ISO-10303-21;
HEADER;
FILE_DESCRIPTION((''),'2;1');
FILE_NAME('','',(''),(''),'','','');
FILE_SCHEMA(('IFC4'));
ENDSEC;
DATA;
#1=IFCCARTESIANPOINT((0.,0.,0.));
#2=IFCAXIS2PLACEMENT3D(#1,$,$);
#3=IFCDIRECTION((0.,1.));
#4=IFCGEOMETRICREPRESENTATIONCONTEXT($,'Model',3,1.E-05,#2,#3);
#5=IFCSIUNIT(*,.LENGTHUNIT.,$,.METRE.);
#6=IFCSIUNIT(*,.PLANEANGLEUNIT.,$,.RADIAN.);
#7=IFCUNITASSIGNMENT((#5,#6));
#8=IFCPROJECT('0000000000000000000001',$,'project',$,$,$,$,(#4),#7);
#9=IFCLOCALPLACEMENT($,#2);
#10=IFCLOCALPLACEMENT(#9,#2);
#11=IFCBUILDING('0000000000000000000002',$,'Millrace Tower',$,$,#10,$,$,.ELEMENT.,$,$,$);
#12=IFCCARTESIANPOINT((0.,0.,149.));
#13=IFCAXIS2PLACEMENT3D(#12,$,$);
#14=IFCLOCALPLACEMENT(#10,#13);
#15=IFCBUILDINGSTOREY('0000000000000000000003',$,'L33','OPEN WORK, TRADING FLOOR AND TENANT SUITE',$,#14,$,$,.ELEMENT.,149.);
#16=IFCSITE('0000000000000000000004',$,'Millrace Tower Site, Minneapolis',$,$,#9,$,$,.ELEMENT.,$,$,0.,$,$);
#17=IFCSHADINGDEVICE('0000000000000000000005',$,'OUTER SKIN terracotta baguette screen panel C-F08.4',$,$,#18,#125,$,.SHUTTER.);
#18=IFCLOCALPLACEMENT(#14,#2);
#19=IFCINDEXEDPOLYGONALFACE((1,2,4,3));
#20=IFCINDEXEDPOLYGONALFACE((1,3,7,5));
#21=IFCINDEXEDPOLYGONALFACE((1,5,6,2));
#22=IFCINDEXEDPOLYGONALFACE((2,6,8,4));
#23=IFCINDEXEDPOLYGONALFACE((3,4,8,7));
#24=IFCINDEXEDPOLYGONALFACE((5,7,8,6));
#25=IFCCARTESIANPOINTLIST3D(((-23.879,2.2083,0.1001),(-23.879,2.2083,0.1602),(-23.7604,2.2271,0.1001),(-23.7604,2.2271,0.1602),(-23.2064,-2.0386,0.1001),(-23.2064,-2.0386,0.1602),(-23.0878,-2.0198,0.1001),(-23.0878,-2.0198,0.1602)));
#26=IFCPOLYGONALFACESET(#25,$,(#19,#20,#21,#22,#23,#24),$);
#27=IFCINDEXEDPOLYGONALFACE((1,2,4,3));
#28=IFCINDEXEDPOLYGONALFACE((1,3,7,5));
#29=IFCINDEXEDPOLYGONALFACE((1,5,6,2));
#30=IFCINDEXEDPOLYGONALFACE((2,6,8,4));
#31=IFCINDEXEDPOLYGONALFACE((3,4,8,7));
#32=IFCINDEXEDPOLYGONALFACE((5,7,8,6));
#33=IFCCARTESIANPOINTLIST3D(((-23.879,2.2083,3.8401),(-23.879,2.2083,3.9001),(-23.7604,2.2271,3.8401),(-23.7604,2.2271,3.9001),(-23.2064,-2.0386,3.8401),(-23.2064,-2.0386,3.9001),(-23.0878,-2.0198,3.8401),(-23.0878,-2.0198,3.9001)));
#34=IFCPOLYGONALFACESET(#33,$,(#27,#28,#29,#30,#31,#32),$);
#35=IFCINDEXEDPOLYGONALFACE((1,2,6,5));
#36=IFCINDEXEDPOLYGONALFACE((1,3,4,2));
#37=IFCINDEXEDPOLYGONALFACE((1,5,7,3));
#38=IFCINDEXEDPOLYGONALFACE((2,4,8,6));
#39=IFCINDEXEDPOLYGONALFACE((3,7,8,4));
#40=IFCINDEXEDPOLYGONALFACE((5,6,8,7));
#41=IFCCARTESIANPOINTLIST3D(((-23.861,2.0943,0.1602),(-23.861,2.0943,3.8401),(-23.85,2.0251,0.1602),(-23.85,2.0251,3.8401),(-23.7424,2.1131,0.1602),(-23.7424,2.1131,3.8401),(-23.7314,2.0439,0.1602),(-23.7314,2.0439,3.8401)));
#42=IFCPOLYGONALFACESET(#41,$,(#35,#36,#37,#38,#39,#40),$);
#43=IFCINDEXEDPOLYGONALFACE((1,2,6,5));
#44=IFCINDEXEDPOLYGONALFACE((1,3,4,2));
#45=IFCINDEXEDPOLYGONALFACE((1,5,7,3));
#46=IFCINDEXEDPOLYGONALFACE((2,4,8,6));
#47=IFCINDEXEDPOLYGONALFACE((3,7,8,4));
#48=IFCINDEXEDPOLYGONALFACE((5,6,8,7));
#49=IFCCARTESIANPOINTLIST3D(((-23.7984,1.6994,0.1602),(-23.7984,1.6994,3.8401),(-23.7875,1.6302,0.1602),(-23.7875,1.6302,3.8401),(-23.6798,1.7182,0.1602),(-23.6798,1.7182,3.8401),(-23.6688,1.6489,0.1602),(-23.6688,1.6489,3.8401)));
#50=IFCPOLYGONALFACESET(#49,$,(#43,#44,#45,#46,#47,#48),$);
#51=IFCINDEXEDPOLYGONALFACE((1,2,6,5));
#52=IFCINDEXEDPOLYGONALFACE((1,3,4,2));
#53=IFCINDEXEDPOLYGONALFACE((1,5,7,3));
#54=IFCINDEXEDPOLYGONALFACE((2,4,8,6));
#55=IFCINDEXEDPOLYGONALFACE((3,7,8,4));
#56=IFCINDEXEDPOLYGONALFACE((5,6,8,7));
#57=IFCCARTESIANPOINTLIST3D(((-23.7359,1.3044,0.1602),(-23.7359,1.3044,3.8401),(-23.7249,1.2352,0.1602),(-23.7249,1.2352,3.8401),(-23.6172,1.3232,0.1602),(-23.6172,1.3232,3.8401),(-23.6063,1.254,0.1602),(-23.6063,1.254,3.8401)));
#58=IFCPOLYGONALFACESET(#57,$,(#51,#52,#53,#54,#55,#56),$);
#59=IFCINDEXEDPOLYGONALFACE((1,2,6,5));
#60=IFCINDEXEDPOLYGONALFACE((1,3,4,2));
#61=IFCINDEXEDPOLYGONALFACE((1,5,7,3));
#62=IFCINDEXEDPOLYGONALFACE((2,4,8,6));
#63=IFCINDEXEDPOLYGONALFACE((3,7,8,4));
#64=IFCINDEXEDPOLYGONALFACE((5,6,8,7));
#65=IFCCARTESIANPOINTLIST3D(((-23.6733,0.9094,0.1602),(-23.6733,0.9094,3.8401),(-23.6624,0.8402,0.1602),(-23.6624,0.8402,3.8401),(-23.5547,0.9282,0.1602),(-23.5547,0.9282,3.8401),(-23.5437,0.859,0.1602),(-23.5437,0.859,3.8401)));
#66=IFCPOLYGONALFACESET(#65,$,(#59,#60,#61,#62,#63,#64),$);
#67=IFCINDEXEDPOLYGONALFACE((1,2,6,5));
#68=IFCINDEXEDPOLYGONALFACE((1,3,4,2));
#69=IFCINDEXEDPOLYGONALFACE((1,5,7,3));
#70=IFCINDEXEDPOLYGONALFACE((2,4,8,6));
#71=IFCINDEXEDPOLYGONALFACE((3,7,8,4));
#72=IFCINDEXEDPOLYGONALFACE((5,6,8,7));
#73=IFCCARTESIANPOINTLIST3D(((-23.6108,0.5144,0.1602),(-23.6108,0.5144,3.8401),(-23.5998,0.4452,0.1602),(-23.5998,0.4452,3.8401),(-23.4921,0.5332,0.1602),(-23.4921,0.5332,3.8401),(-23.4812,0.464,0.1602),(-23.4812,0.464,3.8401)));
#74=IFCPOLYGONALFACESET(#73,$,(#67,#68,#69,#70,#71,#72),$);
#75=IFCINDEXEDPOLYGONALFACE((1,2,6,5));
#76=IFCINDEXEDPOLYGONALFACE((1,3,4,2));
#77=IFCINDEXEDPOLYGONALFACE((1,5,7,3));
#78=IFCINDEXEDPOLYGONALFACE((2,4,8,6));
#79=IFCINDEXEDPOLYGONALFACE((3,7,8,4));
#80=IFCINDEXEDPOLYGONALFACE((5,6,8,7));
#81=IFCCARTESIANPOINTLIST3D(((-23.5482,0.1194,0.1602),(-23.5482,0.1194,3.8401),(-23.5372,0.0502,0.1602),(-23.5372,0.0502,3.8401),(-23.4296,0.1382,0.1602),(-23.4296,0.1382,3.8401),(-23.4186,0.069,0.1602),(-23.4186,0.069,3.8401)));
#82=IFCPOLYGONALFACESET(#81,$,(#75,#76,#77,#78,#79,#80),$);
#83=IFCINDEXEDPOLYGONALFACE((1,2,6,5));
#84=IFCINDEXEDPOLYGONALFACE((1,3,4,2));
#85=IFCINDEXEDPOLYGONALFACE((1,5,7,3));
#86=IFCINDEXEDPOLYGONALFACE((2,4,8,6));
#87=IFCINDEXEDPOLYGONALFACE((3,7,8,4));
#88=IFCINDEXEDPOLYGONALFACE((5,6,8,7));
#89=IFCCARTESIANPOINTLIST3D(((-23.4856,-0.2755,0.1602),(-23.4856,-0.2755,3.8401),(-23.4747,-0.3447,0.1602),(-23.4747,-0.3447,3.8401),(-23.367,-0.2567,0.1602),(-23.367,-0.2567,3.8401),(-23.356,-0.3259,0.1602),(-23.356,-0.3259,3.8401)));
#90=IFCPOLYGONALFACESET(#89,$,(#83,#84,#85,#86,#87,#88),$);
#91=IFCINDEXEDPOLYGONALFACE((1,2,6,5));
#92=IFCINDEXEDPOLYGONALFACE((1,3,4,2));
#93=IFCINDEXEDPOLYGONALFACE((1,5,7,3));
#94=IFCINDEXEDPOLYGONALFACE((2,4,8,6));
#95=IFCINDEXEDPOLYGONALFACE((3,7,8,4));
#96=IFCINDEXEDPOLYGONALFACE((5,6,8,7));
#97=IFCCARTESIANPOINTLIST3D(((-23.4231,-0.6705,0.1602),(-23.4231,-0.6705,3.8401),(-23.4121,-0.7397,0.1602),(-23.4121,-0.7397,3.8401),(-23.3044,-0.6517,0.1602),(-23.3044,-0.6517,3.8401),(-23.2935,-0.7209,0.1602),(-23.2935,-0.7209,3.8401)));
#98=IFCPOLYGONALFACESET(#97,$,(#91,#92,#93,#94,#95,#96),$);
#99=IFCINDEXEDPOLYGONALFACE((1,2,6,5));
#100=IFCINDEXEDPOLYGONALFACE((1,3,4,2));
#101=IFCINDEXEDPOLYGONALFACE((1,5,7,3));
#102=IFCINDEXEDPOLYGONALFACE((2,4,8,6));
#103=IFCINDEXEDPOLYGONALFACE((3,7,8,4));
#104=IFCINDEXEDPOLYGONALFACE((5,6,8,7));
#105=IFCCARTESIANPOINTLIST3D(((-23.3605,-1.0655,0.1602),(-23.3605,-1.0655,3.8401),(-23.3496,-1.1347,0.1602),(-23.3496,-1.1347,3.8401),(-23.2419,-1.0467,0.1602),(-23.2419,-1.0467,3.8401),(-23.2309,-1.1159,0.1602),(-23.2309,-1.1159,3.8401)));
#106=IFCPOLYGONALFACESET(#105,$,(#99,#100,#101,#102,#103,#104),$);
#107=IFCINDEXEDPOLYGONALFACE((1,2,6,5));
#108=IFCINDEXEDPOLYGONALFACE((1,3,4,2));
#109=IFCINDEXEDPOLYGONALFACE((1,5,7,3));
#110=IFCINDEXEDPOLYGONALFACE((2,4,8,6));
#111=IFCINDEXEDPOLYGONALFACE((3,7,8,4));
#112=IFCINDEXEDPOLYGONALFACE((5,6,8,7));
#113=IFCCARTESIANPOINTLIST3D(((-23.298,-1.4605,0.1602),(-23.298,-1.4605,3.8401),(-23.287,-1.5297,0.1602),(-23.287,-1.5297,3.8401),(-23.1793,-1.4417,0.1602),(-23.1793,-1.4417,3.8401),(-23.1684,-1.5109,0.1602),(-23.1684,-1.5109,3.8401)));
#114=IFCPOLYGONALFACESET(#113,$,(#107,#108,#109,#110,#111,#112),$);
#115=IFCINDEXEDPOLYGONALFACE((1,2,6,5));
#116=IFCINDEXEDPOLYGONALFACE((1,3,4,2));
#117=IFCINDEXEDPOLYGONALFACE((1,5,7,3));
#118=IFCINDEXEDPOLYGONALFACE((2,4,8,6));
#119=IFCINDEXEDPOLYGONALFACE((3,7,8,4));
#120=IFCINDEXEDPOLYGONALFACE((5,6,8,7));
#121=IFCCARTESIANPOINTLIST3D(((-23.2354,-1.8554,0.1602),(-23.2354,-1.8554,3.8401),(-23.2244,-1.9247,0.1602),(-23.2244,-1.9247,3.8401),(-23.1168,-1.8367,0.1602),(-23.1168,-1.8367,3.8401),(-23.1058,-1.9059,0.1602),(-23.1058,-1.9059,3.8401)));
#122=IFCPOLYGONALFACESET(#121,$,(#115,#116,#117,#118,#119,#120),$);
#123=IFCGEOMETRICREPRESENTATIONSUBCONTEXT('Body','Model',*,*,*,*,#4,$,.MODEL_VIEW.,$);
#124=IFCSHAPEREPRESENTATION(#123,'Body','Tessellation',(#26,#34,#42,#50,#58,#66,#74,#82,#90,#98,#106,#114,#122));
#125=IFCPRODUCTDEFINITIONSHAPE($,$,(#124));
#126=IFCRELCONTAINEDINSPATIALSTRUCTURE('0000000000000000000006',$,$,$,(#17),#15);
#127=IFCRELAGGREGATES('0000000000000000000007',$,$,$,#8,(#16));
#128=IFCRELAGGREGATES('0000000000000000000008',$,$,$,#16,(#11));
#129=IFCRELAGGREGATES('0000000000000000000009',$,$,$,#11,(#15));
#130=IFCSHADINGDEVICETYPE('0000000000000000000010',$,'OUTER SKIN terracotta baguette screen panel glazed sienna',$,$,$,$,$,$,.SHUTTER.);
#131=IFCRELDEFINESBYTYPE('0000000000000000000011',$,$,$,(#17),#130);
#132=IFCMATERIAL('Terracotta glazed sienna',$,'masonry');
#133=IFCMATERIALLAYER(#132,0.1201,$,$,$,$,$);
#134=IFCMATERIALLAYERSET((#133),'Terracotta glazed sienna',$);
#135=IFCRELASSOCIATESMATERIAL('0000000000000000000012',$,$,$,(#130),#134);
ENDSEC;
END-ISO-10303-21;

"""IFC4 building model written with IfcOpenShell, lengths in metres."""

from ifc_helpers import new_model, entity, si_unit, direction, frame, frame_2d, origin, origin_2d, place, context, subcontext, project, spatial, rectangle, extrude, source, transform, mapped, material, layer, layer_set, type_object, element, save


model = new_model("IFC4")

# Units and contexts
model_context = context("Model", 3, precision=1e-05, world=origin(), true_north=direction((0.0, 1.0)))
body_context = subcontext(model_context, "Body", "Model", "MODEL_VIEW")
ifc_project = project(units=[si_unit("LENGTHUNIT", "METRE"), si_unit("PLANEANGLEUNIT", "RADIAN")], contexts=[model_context])

# Site, building, storey
site_placement = place(None, origin())
site = spatial("IfcSite", under=ifc_project, at=site_placement, Name="Millrace Tower Site, Minneapolis", CompositionType="ELEMENT", RefElevation=0.0)
building_placement = place(site_placement, origin())
building = spatial("IfcBuilding", under=site, at=building_placement, Name="Millrace Tower", CompositionType="ELEMENT")
storey_placement = place(building_placement, frame((0.0, 0.0, 149.0)))
storey = spatial("IfcBuildingStorey", under=building, at=storey_placement, Name="L33", Description="OPEN WORK, TRADING FLOOR AND TENANT SUITE", CompositionType="ELEMENT", Elevation=149.0)

# Shading device
ifc_material_1 = material(Name="Terracotta glazed sienna", Category="masonry")
ifc_layer_1 = layer(ifc_material_1, 0.1201)
ifc_layer_set_1 = layer_set([ifc_layer_1], Name="Terracotta glazed sienna")
shading_device_type = type_object("IfcShadingDeviceType", Name="OUTER SKIN terracotta baguette screen panel glazed sienna", PredefinedType="SHUTTER", material=ifc_layer_set_1)
cartesian_point = entity("IfcCartesianPoint", [-2.1499, 0.0601])
shared_polyline = entity("IfcPolyline", [cartesian_point, entity("IfcCartesianPoint", [2.1499, 0.0601]), entity("IfcCartesianPoint", [2.1499, -0.0601]), entity("IfcCartesianPoint", [-2.1499, -0.0601]), cartesian_point])
shared_shape = source(origin(), body_context, "Body", "SweptSolid", [
    entity("IfcExtrudedAreaSolid", entity("IfcArbitraryClosedProfileDef", "AREA", None, shared_polyline), entity("IfcAxis2Placement3D", entity("IfcCartesianPoint", [0.0, 0.0, 0.0])), entity("IfcDirection", [0.0, 0.0, 1.0]), 0.0601),
    entity("IfcExtrudedAreaSolid", entity("IfcArbitraryClosedProfileDef", "AREA", None, shared_polyline), entity("IfcAxis2Placement3D", entity("IfcCartesianPoint", [0.0, 0.0, 3.74])), entity("IfcDirection", [0.0, 0.0, 1.0]), 0.0601),
    extrude(rectangle(XDim=0.0701, YDim=0.1201, at=frame_2d((-1.9995, 0.0))), frame((0.0, 0.0, 0.0601)), (0.0, 0.0, 1.0), 3.6799),
    extrude(rectangle(XDim=0.0701, YDim=0.1201, at=frame_2d((-1.5996, 0.0))), frame((0.0, 0.0, 0.0601)), (0.0, 0.0, 1.0), 3.6799),
    extrude(rectangle(XDim=0.0701, YDim=0.1201, at=frame_2d((-1.1997, 0.0))), frame((0.0, 0.0, 0.0601)), (0.0, 0.0, 1.0), 3.6799),
    extrude(rectangle(XDim=0.0701, YDim=0.1201, at=frame_2d((-0.7998, 0.0))), frame((0.0, 0.0, 0.0601)), (0.0, 0.0, 1.0), 3.6799),
    extrude(rectangle(XDim=0.0701, YDim=0.1201, at=frame_2d((-0.3999, 0.0))), frame((0.0, 0.0, 0.0601)), (0.0, 0.0, 1.0), 3.6799),
    extrude(rectangle(XDim=0.0701, YDim=0.1201, at=origin_2d()), frame((0.0, 0.0, 0.0601)), (0.0, 0.0, 1.0), 3.6799),
    extrude(rectangle(XDim=0.0701, YDim=0.1201, at=frame_2d((0.3999, 0.0))), frame((0.0, 0.0, 0.0601)), (0.0, 0.0, 1.0), 3.6799),
    extrude(rectangle(XDim=0.0701, YDim=0.1201, at=frame_2d((0.7998, 0.0))), frame((0.0, 0.0, 0.0601)), (0.0, 0.0, 1.0), 3.6799),
    extrude(rectangle(XDim=0.0701, YDim=0.1201, at=frame_2d((1.1997, 0.0))), frame((0.0, 0.0, 0.0601)), (0.0, 0.0, 1.0), 3.6799),
    extrude(rectangle(XDim=0.0701, YDim=0.1201, at=frame_2d((1.5996, 0.0))), frame((0.0, 0.0, 0.0601)), (0.0, 0.0, 1.0), 3.6799),
    extrude(rectangle(XDim=0.0701, YDim=0.1201, at=frame_2d((1.9995, 0.0))), frame((0.0, 0.0, 0.0601)), (0.0, 0.0, 1.0), 3.6799),
])
for number, where, z_axis, x_axis, name in (
    (1, (-23.4834, 0.0942, 0.1001), (0.0, 0.0, 1.0), (0.156434, -0.987688, 0.0), "OUTER SKIN terracotta baguette screen panel C-F08.4"),
):
    element("IfcShadingDevice", number, at=place(storey_placement, frame(where, z_axis=z_axis, x_axis=x_axis)), inside=storey, type_object=shading_device_type, Name=name, PredefinedType="SHUTTER", context=body_context, shape_type="MappedRepresentation", body=[
        mapped(shared_shape, transform((0.0, 0.0, 0.0), scale=1.0)),
    ])

save(model, "model.ifc")
